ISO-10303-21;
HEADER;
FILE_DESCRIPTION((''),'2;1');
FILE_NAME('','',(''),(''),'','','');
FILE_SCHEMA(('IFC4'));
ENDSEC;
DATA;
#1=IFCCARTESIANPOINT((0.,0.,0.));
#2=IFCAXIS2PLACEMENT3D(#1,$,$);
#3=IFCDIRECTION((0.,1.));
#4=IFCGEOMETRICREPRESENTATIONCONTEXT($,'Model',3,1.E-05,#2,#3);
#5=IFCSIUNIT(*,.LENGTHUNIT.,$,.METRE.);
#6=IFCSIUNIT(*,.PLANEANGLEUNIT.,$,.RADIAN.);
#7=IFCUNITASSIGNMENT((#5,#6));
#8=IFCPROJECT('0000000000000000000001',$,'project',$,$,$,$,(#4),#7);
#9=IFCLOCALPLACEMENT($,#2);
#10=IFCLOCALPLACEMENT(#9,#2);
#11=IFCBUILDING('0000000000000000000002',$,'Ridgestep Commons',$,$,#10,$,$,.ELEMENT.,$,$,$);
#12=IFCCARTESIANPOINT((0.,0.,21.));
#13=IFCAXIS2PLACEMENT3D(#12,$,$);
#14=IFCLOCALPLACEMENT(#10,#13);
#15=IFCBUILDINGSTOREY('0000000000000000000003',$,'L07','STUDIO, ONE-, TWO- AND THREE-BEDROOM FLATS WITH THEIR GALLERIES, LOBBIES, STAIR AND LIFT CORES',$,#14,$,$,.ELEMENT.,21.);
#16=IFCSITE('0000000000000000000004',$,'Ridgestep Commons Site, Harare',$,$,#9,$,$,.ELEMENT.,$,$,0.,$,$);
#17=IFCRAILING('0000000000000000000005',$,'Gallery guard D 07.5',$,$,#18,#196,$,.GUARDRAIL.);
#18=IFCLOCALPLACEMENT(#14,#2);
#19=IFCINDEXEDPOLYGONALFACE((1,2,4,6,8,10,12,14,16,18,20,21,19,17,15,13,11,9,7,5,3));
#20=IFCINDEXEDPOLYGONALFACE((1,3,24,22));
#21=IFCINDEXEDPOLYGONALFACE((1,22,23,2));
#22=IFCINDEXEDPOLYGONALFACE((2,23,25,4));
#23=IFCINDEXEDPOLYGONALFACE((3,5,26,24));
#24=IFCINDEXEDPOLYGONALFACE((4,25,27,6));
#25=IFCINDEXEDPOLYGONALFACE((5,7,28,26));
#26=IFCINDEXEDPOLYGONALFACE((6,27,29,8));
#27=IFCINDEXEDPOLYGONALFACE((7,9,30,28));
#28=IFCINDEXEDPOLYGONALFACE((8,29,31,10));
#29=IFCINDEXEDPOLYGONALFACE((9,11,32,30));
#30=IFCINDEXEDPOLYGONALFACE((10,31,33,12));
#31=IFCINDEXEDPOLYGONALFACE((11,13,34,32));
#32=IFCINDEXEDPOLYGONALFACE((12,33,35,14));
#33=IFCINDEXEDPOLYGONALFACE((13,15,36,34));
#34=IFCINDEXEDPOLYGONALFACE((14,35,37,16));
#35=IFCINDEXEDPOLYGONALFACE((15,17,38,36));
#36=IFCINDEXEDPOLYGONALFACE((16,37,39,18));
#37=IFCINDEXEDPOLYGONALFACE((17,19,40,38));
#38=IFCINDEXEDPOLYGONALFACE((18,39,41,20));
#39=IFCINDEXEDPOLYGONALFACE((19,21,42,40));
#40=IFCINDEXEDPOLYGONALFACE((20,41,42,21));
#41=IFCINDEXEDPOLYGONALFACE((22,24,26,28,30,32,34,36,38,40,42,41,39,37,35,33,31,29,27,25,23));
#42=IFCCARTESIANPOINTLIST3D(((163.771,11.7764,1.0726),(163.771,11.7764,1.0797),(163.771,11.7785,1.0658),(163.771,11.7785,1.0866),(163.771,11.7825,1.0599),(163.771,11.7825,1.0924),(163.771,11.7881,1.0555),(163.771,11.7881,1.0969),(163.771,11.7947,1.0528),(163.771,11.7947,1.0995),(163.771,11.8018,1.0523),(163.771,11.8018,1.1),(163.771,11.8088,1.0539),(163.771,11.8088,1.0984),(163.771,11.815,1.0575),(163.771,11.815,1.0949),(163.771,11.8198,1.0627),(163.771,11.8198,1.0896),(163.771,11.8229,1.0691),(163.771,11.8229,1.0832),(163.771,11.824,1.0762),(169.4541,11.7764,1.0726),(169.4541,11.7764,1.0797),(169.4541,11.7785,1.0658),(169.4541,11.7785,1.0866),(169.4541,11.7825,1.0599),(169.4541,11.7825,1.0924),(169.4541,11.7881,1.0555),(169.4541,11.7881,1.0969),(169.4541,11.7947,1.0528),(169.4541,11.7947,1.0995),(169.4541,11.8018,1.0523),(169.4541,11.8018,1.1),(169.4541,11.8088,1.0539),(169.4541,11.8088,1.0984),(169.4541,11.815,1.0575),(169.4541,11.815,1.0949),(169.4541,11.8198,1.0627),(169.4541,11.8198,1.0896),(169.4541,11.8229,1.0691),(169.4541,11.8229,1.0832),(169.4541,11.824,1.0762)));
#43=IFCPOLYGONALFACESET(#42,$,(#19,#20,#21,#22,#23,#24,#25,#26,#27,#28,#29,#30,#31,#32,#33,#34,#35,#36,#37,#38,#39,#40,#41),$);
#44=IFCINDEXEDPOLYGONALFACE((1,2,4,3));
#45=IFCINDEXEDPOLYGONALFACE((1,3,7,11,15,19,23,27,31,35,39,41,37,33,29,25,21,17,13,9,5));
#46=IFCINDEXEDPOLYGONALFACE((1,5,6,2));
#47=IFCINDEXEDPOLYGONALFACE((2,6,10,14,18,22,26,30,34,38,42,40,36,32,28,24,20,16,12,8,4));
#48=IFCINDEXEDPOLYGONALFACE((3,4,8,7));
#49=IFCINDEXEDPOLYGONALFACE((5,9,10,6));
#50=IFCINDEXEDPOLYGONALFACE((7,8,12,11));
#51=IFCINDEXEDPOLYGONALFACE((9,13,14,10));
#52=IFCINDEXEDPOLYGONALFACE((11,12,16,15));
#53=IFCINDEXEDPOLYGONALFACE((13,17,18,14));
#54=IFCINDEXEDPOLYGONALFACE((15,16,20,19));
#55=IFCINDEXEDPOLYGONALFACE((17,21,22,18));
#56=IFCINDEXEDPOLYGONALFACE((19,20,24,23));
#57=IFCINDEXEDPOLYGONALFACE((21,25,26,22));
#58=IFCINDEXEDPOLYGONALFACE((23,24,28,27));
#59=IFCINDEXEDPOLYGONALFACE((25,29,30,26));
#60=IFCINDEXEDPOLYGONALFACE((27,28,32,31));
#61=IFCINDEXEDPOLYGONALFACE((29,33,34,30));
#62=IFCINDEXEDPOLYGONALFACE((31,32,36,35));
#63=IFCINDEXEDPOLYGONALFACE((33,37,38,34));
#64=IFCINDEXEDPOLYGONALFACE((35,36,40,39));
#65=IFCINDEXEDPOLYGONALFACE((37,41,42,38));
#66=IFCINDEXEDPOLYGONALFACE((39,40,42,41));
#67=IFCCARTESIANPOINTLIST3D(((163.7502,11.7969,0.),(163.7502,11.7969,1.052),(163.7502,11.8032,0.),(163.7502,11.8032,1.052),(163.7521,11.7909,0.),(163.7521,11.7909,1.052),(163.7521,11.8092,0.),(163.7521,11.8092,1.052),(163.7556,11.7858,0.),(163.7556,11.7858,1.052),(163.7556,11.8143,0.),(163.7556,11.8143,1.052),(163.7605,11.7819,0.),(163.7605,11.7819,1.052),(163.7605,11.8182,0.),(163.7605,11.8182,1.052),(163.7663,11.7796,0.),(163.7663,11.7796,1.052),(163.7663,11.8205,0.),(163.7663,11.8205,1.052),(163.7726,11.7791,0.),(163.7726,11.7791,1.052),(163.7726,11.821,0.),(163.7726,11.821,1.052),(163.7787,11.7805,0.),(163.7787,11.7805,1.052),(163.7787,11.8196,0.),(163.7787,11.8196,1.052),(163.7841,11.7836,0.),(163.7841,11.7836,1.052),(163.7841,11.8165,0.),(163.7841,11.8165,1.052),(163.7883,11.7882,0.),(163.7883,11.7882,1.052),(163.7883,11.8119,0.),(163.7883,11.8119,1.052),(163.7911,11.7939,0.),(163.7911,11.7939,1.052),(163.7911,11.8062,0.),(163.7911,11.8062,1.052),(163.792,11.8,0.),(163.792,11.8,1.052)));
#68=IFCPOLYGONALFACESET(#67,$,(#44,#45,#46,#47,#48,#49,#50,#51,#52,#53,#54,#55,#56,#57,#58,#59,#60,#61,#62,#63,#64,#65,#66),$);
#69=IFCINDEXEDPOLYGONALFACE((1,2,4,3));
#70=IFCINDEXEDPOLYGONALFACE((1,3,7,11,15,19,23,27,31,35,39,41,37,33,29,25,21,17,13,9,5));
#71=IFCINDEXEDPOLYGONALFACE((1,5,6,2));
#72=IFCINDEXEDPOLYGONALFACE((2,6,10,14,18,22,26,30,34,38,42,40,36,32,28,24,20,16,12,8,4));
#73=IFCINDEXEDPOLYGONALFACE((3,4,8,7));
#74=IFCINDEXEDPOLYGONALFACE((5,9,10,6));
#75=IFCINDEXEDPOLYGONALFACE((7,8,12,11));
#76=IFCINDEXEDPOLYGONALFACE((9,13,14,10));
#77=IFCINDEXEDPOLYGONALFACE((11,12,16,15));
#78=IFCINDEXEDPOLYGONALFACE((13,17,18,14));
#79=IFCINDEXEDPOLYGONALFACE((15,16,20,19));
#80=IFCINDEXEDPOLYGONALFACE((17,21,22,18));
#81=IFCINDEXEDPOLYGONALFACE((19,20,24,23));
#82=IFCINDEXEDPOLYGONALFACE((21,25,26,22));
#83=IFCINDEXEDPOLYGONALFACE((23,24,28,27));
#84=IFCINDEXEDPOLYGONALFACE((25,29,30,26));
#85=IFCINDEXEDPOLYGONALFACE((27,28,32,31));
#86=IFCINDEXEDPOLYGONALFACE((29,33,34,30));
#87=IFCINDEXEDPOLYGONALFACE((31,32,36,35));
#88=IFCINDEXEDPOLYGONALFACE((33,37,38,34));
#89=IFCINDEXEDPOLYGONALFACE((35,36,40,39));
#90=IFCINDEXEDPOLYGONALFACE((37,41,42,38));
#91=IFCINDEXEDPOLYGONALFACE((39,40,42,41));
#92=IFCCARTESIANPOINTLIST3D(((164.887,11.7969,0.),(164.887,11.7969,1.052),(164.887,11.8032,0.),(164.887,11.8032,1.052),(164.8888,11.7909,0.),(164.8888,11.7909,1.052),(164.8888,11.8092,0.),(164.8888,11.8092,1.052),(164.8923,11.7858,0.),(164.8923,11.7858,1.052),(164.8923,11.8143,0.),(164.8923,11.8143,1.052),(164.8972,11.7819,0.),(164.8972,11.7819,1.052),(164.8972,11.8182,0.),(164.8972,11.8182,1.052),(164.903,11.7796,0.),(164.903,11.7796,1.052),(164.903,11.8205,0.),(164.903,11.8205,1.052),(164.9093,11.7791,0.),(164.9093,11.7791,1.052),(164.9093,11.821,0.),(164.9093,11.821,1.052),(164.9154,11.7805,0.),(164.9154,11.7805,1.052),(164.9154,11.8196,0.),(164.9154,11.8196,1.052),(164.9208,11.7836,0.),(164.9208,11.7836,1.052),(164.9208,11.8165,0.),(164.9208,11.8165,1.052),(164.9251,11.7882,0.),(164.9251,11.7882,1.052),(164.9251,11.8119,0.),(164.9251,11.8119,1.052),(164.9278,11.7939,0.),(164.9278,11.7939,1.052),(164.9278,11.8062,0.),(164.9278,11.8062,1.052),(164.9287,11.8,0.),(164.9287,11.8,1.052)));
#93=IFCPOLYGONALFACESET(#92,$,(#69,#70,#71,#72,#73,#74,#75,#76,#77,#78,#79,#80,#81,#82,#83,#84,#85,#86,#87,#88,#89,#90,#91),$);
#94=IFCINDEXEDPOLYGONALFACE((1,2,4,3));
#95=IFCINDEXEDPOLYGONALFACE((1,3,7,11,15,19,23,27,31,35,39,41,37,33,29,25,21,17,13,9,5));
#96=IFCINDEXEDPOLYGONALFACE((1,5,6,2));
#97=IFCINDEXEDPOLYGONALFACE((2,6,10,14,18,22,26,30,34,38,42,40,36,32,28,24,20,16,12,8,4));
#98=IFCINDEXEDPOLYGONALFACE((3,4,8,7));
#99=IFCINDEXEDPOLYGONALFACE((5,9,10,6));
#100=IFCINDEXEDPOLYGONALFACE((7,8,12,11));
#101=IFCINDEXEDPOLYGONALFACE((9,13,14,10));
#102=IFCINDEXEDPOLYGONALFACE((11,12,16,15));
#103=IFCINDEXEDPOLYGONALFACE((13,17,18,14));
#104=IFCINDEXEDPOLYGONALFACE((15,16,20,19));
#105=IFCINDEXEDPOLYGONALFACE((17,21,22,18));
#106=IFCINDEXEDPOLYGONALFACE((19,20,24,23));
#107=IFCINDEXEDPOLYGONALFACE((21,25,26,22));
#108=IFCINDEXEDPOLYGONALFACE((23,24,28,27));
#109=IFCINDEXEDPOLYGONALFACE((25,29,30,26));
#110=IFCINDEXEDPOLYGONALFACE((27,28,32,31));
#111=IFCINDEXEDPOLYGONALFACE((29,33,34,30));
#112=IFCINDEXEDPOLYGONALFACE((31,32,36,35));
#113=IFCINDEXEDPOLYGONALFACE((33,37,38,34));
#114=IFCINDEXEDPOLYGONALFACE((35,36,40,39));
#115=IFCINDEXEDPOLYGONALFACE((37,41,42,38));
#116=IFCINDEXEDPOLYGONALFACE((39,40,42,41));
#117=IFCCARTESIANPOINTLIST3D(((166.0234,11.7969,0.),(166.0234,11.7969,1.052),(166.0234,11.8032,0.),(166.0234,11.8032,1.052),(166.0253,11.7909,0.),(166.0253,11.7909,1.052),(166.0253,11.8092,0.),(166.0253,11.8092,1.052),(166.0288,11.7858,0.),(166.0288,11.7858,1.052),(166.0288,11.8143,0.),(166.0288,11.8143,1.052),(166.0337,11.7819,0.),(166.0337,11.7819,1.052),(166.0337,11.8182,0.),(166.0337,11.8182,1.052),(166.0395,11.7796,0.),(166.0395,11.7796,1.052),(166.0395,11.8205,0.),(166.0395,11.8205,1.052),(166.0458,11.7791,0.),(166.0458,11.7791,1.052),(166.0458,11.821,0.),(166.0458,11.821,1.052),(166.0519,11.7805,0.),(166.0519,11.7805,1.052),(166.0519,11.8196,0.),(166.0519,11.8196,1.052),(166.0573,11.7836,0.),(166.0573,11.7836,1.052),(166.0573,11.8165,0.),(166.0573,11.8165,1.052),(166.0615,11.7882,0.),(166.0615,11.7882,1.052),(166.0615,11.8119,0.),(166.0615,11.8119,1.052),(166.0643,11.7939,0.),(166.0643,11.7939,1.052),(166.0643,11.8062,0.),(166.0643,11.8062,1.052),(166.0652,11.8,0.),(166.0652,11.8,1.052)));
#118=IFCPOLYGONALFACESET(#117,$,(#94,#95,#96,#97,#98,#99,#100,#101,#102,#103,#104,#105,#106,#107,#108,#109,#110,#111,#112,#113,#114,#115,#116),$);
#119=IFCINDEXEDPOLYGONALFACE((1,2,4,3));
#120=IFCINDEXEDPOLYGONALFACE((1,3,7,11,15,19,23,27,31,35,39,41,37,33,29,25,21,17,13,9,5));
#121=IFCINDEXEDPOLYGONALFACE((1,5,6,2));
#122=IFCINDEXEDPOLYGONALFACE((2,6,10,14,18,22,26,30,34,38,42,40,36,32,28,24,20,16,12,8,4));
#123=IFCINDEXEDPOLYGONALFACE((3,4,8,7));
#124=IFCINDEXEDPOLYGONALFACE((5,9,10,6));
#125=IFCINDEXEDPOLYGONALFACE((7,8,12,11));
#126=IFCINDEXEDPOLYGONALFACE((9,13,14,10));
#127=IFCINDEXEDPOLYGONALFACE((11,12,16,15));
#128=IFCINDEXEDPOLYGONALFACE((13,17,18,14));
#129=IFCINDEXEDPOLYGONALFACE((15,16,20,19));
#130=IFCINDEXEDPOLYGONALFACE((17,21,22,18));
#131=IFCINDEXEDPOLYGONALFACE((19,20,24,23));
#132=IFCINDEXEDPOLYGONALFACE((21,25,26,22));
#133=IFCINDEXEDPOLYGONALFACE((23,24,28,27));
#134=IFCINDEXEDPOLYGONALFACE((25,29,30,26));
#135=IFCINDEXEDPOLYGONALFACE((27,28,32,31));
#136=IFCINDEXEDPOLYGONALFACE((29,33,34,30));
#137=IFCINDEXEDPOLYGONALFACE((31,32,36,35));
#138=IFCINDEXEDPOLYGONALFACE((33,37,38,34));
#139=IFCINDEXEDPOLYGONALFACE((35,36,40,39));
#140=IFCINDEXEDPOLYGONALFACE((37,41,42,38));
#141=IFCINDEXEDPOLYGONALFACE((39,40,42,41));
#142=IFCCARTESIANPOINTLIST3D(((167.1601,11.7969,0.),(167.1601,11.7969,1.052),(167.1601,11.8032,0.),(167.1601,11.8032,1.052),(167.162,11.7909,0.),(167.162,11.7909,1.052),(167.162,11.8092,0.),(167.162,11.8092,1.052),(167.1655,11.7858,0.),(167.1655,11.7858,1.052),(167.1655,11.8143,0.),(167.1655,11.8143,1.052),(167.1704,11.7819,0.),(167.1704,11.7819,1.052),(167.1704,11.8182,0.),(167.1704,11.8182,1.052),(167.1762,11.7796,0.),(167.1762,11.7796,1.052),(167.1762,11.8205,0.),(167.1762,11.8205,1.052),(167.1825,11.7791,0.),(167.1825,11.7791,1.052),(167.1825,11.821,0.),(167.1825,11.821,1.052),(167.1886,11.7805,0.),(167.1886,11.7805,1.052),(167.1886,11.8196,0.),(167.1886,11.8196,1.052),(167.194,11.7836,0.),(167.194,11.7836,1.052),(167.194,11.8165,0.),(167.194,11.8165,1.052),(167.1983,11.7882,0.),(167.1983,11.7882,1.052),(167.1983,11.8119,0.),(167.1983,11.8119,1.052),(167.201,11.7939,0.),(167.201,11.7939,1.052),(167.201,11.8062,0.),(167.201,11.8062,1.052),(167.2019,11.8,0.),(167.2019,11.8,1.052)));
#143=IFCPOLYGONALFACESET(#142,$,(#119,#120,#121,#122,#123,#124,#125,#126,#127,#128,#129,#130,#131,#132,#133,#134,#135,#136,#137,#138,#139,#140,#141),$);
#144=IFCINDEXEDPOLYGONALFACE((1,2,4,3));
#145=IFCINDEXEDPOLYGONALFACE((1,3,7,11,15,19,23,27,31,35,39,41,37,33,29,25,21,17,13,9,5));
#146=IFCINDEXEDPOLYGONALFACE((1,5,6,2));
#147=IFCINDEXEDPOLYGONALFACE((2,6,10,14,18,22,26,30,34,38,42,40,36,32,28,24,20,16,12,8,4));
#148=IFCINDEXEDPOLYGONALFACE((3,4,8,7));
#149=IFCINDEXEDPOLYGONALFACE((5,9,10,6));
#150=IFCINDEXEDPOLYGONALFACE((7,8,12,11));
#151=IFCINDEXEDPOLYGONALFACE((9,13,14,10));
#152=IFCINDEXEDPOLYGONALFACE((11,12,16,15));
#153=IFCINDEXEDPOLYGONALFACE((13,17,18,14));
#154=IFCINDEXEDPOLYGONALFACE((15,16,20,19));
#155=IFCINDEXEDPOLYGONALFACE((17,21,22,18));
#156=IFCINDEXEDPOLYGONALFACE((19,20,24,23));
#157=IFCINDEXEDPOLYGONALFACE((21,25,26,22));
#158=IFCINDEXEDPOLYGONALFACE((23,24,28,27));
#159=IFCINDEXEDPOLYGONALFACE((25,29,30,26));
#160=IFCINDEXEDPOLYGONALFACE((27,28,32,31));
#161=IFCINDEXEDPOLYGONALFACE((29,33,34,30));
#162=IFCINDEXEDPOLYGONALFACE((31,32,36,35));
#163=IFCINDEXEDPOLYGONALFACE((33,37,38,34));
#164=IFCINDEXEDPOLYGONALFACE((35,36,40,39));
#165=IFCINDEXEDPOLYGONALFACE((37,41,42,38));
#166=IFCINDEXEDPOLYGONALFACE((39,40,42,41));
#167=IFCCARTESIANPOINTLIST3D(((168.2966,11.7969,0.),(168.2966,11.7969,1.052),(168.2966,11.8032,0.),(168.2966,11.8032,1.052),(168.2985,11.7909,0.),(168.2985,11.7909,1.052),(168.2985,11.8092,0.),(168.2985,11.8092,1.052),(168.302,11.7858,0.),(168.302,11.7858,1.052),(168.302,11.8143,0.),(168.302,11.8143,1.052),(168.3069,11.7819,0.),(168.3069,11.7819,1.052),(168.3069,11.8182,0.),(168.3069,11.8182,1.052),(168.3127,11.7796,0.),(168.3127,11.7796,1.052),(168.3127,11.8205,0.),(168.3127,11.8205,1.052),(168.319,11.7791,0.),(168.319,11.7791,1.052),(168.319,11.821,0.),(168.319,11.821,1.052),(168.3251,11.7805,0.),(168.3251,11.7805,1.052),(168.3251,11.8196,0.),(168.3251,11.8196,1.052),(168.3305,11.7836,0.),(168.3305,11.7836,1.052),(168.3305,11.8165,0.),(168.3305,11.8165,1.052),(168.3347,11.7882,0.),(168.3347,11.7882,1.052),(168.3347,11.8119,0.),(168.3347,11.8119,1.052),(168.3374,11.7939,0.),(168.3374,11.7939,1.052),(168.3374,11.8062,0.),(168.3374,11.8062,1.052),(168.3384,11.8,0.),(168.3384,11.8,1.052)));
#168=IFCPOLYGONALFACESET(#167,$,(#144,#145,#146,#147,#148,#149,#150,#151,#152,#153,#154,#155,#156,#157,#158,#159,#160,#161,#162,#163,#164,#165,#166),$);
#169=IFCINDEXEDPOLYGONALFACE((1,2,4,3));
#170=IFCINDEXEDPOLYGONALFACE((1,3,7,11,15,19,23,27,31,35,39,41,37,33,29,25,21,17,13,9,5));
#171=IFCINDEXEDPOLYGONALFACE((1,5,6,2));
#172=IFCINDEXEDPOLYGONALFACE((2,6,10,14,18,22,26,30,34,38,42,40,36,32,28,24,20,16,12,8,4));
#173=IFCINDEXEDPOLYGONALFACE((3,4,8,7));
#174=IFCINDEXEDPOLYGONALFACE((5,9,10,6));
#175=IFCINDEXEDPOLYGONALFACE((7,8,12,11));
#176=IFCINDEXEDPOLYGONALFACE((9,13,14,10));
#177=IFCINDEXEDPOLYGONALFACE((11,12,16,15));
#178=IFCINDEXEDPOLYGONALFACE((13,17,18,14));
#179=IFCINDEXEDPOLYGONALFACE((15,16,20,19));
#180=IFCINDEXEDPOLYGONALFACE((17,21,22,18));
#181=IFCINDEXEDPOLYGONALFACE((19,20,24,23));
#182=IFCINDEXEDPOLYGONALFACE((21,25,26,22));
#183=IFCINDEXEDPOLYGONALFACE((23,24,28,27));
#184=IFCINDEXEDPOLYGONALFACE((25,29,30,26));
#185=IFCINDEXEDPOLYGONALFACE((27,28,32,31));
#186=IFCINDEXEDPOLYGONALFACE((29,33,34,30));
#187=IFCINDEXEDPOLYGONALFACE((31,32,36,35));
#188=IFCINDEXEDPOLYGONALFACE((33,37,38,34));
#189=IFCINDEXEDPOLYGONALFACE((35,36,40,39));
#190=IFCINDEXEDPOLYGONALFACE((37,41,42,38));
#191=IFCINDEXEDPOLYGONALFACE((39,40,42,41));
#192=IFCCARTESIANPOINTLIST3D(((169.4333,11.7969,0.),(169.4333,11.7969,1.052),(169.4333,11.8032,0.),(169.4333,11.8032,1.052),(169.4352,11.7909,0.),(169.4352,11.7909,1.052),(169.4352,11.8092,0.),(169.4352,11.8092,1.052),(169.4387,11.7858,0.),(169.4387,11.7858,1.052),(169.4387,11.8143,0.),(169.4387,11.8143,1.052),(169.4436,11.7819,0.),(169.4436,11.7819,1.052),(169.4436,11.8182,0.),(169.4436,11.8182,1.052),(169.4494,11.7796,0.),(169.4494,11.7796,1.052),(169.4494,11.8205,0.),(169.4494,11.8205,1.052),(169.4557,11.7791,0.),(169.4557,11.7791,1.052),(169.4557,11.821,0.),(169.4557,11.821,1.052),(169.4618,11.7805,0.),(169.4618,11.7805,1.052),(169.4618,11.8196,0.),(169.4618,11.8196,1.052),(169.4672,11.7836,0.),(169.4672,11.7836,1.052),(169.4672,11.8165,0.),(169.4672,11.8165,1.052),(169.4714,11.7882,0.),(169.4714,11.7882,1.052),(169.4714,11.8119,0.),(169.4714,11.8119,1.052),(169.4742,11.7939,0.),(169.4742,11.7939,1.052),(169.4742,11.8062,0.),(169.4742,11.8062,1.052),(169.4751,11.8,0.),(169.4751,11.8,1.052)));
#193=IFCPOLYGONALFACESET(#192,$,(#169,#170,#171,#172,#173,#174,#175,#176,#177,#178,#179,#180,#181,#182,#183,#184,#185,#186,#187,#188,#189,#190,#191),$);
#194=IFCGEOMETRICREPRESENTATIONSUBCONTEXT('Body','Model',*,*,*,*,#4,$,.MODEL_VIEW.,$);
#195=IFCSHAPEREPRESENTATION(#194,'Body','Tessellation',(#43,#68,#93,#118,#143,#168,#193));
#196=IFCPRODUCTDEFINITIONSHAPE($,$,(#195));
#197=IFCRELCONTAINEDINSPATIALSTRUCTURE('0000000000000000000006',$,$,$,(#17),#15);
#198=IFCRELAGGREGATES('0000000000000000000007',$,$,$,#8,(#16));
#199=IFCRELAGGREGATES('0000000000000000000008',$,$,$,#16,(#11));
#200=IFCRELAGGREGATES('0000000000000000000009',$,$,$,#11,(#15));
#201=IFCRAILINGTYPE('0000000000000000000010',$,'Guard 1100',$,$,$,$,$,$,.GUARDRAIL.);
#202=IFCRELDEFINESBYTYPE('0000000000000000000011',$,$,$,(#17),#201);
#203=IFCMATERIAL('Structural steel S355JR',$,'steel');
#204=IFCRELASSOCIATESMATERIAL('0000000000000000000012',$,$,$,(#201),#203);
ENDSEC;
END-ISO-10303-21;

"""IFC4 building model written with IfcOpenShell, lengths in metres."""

from ifc_helpers import new_model, si_unit, direction, frame, origin, origin_2d, place, context, subcontext, project, spatial, circle, extrude, material, type_object, element, save


model = new_model("IFC4")

# Units and contexts
model_context = context("Model", 3, precision=1e-05, world=origin(), true_north=direction((0.0, 1.0)))
body_context = subcontext(model_context, "Body", "Model", "MODEL_VIEW")
ifc_project = project(units=[si_unit("LENGTHUNIT", "METRE"), si_unit("PLANEANGLEUNIT", "RADIAN")], contexts=[model_context])

# Site, building, storey
site_placement = place(None, origin())
site = spatial("IfcSite", under=ifc_project, at=site_placement, Name="Ridgestep Commons Site, Harare", CompositionType="ELEMENT", RefElevation=0.0)
building_placement = place(site_placement, origin())
building = spatial("IfcBuilding", under=site, at=building_placement, Name="Ridgestep Commons", CompositionType="ELEMENT")
storey_placement = place(building_placement, frame((0.0, 0.0, 21.0)))
storey = spatial("IfcBuildingStorey", under=building, at=storey_placement, Name="L07", Description="STUDIO, ONE-, TWO- AND THREE-BEDROOM FLATS WITH THEIR GALLERIES, LOBBIES, STAIR AND LIFT CORES", CompositionType="ELEMENT", Elevation=21.0)

# Railing
ifc_material_1 = material(Name="Structural steel S355JR", Category="steel")
railing_type = type_object("IfcRailingType", Name="Guard 1100", PredefinedType="GUARDRAIL", material=ifc_material_1)
railing_1_placement = place(storey_placement, frame((163.771, 11.8, 0.0)))
element("IfcRailing", 1, at=railing_1_placement, inside=storey, type_object=railing_type, Name="Gallery guard D 07.5", PredefinedType="GUARDRAIL", context=body_context, shape_type="SweptSolid", body=[
    extrude(circle(Radius=0.0239, at=origin_2d()), frame((0.0, 0.0, 1.0762), z_axis=(1.0, 0.0, 0.0), x_axis=(0.0, 1.0, 0.0)), (0.0, 0.0, 1.0), 5.6831),
    extrude(circle(Radius=0.021, at=origin_2d()), origin(), (0.0, 0.0, 1.0), 1.052),
    extrude(circle(Radius=0.021, at=origin_2d()), frame((1.1367, 0.0, 0.0)), (0.0, 0.0, 1.0), 1.052),
    extrude(circle(Radius=0.021, at=origin_2d()), frame((2.2732, 0.0, 0.0)), (0.0, 0.0, 1.0), 1.052),
    extrude(circle(Radius=0.021, at=origin_2d()), frame((3.4099, 0.0, 0.0)), (0.0, 0.0, 1.0), 1.052),
    extrude(circle(Radius=0.021, at=origin_2d()), frame((4.5464, 0.0, 0.0)), (0.0, 0.0, 1.0), 1.052),
    extrude(circle(Radius=0.021, at=origin_2d()), frame((5.6831, 0.0, 0.0)), (0.0, 0.0, 1.0), 1.052),
])

save(model, "model.ifc")
